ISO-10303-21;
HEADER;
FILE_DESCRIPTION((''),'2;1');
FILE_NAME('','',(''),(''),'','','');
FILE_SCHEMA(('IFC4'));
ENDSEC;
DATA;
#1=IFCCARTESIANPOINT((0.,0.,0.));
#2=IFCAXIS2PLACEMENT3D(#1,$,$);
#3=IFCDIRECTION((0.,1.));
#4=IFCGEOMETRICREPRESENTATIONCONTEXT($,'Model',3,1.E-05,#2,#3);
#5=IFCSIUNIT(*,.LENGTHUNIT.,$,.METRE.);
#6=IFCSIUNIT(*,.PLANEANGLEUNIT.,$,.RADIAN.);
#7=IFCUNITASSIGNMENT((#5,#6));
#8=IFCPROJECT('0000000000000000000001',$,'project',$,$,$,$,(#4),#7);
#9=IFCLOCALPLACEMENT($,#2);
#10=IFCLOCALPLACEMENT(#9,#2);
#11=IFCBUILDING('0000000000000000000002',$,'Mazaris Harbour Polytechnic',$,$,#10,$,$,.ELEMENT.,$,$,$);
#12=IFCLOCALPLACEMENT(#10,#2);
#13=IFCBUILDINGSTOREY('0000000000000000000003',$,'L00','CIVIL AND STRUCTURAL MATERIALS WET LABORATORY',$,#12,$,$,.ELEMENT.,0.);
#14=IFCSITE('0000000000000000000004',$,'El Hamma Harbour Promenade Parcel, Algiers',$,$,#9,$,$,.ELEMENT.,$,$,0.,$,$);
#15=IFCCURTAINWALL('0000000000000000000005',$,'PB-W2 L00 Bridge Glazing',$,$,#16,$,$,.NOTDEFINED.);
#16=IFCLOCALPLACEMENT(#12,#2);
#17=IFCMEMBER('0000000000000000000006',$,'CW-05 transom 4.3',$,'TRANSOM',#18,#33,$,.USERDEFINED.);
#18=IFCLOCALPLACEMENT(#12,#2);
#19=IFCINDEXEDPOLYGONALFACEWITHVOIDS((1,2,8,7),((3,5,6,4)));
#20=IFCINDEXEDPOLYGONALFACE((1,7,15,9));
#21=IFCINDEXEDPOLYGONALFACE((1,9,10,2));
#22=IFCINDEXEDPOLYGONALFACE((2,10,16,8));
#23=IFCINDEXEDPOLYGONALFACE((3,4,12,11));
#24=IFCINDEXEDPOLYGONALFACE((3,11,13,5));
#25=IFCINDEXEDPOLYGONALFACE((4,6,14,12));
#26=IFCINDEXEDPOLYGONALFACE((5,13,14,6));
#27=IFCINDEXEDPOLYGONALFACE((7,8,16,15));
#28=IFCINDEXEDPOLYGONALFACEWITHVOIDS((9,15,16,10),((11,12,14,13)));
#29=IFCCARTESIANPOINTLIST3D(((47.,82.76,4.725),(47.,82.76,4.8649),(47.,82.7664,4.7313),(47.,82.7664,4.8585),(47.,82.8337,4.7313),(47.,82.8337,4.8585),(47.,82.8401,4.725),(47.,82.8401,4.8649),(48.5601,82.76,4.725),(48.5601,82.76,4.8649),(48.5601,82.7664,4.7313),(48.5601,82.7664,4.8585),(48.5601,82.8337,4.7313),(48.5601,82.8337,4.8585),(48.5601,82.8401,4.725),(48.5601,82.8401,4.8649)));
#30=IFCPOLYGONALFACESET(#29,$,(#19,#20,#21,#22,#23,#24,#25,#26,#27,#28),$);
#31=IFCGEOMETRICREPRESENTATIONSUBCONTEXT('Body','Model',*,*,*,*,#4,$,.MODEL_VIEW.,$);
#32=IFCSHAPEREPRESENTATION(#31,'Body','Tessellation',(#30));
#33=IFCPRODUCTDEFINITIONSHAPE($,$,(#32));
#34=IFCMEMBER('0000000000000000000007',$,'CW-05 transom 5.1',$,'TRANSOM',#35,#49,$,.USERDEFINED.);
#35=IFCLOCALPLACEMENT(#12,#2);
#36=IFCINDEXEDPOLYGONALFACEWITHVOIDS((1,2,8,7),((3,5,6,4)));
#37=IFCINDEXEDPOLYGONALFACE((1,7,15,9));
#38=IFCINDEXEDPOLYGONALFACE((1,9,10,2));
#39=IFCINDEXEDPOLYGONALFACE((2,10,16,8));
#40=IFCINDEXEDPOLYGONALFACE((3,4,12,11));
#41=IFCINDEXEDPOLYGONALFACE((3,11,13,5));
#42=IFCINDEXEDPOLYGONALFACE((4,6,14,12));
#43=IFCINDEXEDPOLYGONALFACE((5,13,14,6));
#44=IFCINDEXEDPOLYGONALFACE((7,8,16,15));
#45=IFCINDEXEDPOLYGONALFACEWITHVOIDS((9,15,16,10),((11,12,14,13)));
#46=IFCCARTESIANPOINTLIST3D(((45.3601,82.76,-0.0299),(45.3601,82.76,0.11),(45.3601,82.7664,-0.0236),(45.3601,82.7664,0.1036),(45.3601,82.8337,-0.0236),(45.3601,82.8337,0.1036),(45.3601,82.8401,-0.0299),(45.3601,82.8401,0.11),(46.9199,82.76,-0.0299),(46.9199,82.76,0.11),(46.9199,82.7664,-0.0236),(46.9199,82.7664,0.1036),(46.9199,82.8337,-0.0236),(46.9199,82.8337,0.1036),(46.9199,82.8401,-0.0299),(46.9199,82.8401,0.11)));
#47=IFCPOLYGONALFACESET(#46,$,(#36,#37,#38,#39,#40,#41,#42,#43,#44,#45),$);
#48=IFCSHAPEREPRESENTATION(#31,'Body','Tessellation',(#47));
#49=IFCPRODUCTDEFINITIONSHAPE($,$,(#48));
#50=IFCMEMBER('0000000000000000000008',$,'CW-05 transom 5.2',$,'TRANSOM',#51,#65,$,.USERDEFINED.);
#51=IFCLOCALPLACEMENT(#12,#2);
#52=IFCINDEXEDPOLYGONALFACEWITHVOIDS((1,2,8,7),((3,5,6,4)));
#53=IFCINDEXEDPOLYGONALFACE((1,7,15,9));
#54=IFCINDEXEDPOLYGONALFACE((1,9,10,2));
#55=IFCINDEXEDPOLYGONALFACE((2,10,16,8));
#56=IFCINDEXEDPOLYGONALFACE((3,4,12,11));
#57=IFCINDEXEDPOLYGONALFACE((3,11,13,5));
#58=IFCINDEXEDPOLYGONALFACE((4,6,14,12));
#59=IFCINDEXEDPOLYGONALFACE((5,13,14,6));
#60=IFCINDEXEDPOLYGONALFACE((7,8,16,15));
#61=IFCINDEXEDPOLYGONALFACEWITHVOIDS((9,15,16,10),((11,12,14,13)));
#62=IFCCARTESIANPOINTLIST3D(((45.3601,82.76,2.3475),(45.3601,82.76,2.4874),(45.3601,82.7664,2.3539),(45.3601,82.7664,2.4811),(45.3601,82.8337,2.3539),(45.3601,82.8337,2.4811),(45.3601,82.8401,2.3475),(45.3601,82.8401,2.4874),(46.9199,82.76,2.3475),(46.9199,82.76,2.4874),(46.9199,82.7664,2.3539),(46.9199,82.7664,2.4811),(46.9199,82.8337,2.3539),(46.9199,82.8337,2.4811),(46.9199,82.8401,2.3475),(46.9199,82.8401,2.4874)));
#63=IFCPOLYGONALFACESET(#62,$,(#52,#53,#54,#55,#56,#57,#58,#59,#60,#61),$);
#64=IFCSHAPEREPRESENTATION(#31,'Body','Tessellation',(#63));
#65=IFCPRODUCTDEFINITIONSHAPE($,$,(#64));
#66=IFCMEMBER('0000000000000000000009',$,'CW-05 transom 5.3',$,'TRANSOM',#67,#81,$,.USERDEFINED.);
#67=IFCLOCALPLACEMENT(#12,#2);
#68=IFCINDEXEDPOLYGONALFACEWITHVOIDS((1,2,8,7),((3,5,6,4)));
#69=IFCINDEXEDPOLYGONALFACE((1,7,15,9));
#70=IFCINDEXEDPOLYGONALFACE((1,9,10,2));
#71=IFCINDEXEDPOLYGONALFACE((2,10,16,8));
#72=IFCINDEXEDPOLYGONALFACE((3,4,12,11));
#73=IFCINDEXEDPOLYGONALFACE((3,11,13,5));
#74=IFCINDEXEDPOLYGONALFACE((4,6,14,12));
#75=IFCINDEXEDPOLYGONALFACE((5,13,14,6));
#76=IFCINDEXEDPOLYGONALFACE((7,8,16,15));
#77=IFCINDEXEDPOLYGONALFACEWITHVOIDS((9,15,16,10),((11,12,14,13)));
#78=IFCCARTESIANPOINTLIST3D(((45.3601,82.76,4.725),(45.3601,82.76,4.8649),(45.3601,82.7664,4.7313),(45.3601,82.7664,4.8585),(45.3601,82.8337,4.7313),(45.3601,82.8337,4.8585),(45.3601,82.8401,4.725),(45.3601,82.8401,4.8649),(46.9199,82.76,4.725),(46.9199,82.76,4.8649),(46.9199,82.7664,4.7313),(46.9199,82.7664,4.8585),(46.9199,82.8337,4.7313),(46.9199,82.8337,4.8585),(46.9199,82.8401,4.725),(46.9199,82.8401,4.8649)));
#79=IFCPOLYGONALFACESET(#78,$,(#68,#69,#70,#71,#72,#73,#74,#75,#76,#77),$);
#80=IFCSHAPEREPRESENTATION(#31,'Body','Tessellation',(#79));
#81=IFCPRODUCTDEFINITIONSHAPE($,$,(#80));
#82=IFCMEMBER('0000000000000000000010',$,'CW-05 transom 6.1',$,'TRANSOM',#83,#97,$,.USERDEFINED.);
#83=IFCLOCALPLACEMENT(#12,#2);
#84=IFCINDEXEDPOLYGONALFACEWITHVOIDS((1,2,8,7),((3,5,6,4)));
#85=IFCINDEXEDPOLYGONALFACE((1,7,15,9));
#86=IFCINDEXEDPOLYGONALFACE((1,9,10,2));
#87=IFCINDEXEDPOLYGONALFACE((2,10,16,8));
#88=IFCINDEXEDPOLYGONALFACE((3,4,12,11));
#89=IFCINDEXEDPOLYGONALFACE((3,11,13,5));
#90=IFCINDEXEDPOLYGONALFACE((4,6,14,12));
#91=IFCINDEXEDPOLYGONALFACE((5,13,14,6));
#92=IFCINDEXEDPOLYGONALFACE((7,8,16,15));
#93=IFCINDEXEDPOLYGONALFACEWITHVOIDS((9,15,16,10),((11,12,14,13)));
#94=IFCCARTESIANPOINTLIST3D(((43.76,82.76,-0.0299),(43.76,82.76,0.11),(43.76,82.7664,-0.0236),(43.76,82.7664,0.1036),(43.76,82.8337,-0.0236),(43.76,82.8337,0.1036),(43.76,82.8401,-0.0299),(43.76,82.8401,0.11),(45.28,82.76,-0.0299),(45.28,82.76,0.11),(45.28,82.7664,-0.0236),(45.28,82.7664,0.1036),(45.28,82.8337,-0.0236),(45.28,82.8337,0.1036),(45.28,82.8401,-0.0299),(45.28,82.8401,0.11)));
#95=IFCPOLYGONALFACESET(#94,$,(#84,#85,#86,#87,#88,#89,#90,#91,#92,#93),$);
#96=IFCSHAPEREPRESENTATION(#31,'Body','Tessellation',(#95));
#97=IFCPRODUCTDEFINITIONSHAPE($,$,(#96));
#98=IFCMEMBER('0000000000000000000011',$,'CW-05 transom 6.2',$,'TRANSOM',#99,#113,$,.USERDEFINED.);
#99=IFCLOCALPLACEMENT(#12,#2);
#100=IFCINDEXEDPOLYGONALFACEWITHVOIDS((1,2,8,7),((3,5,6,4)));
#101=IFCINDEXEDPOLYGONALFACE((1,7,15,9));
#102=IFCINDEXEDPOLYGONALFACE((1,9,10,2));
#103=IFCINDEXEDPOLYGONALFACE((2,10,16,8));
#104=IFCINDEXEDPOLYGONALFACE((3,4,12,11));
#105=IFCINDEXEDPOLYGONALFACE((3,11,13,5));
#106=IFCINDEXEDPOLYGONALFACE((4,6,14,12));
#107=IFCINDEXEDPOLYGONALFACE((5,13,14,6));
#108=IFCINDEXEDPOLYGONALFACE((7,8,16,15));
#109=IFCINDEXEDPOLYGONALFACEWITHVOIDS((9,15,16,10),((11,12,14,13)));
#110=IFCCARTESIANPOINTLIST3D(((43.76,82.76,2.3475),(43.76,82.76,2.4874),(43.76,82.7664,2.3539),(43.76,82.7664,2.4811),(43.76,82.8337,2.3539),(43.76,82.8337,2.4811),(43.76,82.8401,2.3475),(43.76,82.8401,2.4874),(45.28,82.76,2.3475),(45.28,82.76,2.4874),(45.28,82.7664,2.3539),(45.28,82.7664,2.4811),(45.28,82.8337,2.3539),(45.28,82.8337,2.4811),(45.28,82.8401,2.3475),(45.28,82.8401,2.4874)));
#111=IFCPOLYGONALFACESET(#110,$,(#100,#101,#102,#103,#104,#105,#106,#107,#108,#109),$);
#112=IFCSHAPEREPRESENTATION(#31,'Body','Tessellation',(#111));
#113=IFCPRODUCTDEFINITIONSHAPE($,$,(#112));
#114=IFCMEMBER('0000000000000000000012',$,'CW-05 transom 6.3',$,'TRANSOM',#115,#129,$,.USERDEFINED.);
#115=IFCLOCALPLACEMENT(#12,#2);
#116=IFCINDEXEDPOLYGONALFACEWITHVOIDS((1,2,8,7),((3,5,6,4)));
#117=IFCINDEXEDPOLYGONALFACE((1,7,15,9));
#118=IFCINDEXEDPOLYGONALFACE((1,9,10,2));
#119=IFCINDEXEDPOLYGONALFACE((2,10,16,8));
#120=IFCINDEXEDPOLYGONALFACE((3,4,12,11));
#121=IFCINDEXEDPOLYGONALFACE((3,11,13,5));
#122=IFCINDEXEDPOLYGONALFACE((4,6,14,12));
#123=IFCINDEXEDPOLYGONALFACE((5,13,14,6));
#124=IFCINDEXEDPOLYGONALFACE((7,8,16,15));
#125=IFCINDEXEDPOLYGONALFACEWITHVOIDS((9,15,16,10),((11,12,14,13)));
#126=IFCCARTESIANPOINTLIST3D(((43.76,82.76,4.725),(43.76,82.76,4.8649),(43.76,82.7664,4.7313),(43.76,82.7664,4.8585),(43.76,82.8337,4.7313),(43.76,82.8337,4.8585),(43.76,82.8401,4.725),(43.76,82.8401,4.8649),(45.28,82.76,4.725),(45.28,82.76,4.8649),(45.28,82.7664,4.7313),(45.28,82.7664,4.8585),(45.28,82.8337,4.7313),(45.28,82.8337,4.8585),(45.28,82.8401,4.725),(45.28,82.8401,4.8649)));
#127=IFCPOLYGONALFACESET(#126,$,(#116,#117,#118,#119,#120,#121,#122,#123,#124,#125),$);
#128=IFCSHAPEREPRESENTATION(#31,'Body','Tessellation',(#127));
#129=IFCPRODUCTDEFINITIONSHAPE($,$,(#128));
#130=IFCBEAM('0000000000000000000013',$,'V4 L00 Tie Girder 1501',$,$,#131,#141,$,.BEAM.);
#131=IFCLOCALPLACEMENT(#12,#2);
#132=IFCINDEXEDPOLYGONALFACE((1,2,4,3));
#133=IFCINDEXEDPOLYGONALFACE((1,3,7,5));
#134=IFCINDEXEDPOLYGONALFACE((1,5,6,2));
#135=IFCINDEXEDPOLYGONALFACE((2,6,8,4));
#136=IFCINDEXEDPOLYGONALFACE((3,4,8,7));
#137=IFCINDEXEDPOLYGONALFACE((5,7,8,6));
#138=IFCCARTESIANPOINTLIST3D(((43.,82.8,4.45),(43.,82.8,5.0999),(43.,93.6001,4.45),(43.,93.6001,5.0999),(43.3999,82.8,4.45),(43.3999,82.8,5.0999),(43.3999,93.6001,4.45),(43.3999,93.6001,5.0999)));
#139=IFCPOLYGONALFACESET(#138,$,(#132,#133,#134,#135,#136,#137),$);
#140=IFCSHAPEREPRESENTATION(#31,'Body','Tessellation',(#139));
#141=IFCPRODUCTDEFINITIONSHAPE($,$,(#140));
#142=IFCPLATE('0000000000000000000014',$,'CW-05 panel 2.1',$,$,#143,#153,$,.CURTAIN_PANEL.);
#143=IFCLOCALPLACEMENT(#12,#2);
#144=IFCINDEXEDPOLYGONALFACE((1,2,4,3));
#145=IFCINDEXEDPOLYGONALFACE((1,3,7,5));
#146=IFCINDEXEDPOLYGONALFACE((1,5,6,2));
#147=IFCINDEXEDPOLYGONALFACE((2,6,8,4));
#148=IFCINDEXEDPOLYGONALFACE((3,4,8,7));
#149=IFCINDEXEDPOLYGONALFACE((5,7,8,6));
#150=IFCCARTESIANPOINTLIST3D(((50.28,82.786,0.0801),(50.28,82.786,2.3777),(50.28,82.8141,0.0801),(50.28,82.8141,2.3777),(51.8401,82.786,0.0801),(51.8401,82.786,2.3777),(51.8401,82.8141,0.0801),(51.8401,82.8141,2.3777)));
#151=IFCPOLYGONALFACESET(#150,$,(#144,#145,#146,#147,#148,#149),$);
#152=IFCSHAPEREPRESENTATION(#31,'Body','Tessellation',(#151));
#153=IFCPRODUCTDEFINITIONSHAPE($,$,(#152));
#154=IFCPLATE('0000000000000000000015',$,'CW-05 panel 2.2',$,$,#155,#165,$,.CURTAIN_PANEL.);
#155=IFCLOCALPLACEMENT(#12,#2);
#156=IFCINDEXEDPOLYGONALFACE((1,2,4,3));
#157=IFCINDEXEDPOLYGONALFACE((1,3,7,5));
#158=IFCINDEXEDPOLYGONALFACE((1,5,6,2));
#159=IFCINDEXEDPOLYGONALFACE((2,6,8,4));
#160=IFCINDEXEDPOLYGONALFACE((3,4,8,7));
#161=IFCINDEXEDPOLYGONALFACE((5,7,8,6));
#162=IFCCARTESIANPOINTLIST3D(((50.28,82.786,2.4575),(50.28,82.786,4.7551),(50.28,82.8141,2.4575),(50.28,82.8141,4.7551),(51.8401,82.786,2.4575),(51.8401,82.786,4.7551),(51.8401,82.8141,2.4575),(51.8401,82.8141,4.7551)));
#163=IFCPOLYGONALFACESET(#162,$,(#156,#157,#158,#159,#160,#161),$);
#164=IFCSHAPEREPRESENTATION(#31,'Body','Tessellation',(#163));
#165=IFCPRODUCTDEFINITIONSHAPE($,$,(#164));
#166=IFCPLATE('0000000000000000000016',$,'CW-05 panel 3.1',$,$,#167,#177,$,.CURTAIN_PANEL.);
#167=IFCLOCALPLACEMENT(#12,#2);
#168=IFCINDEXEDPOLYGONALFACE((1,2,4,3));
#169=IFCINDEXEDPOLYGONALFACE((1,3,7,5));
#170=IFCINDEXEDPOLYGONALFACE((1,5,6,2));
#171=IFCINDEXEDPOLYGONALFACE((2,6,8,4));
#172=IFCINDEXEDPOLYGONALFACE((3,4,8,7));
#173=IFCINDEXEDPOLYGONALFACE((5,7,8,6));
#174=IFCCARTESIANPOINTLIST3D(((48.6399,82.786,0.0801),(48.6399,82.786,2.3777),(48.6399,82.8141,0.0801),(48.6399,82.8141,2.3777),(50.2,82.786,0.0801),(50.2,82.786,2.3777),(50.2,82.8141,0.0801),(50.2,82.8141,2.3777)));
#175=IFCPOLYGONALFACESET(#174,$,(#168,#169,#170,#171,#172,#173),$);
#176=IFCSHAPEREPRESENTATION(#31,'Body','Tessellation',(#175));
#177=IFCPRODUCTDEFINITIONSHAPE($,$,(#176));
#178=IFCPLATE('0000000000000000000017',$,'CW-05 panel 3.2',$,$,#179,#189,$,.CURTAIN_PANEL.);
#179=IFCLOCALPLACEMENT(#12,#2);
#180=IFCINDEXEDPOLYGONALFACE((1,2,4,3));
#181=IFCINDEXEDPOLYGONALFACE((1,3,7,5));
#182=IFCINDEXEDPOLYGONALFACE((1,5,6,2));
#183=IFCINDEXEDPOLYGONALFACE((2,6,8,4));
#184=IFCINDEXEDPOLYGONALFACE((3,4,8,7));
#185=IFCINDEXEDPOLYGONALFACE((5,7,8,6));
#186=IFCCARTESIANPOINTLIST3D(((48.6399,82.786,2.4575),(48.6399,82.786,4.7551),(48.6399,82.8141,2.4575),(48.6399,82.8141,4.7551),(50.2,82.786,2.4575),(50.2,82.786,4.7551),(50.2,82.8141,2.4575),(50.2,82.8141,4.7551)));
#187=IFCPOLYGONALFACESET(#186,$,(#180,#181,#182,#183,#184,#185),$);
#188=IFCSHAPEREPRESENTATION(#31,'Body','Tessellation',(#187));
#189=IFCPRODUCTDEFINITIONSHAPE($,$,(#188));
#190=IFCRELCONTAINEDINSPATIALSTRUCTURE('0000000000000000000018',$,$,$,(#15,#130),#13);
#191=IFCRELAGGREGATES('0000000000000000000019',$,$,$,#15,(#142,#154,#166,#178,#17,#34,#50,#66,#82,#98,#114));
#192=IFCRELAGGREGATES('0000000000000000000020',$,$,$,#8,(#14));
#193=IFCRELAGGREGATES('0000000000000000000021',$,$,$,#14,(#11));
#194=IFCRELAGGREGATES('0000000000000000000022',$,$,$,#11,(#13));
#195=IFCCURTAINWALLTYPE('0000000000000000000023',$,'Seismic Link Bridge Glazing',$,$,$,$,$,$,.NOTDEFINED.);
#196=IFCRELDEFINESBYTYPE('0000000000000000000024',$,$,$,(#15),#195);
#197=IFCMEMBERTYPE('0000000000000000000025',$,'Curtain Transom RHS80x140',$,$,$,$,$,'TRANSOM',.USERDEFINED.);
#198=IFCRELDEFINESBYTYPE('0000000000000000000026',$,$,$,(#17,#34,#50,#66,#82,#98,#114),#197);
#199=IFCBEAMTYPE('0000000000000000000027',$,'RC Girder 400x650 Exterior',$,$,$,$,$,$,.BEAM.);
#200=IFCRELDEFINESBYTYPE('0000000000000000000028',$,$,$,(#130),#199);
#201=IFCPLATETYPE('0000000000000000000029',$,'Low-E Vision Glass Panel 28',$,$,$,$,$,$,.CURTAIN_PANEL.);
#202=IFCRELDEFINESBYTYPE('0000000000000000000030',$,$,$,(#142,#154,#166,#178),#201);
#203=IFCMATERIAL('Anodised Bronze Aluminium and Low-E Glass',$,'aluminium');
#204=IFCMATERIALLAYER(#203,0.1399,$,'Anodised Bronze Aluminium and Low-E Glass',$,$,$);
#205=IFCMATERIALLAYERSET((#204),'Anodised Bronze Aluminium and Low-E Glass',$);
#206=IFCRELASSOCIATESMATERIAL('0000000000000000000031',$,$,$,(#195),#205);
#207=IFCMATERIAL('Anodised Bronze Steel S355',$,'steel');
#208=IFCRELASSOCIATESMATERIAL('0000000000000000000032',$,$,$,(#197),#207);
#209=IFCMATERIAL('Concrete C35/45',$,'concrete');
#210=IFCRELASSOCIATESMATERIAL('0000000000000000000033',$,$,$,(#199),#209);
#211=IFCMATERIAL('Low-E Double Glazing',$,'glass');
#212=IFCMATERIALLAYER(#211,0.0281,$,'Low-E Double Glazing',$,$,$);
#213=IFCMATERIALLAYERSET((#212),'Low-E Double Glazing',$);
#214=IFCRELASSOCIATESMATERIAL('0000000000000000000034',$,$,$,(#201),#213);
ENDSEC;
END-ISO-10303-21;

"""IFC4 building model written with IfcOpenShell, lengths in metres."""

from ifc_helpers import new_model, si_unit, direction, frame, origin, origin_2d, place, context, subcontext, project, spatial, rectangle, hollow_rectangle, extrude, material, layer, layer_set, material_profile, profile_set, type_object, element, aggregate, save


model = new_model("IFC4")

# Units and contexts
model_context = context("Model", 3, precision=1e-05, world=origin(), true_north=direction((0.0, 1.0)))
body_context = subcontext(model_context, "Body", "Model", "MODEL_VIEW")
ifc_project = project(units=[si_unit("LENGTHUNIT", "METRE"), si_unit("PLANEANGLEUNIT", "RADIAN")], contexts=[model_context])

# Site, building, storey
site_placement = place(None, origin())
site = spatial("IfcSite", under=ifc_project, at=site_placement, Name="El Hamma Harbour Promenade Parcel, Algiers", CompositionType="ELEMENT", RefElevation=0.0)
building_placement = place(site_placement, origin())
building = spatial("IfcBuilding", under=site, at=building_placement, Name="Mazaris Harbour Polytechnic", CompositionType="ELEMENT")
storey_placement = place(building_placement, origin())
storey = spatial("IfcBuildingStorey", under=building, at=storey_placement, Name="L00", Description="CIVIL AND STRUCTURAL MATERIALS WET LABORATORY", CompositionType="ELEMENT", Elevation=0.0)

# Curtain wall, members
ifc_material_1 = material(Name="Anodised Bronze Aluminium and Low-E Glass", Category="aluminium")
ifc_layer_1 = layer(ifc_material_1, 0.1399, Name="Anodised Bronze Aluminium and Low-E Glass")
ifc_layer_set_1 = layer_set([ifc_layer_1], Name="Anodised Bronze Aluminium and Low-E Glass")
curtain_wall_type = type_object("IfcCurtainWallType", Name="Seismic Link Bridge Glazing", PredefinedType="NOTDEFINED", material=ifc_layer_set_1)
curtain_wall_placement = place(storey_placement, origin())
curtain_wall = element("IfcCurtainWall", 1, at=curtain_wall_placement, inside=storey, type_object=curtain_wall_type, Name="PB-W2 L00 Bridge Glazing", PredefinedType="NOTDEFINED")
ifc_material_2 = material(Name="Anodised Bronze Steel S355", Category="steel")
ifc_material_profile_1 = material_profile(ifc_material_2, hollow_rectangle(XDim=0.0801, YDim=0.1399, WallThickness=0.0063, at=origin_2d()), Name="RHS 80x140x6.3")
ifc_profile_set_1 = profile_set([ifc_material_profile_1], Name="Anodised Bronze Steel S355")
member_type_1 = type_object("IfcMemberType", Name="Curtain Transom RHS80x140", ElementType="TRANSOM", PredefinedType="USERDEFINED", material=ifc_profile_set_1)
member_1_placement = place(storey_placement, frame((48.5601, 82.8, 4.7949), z_axis=(-1.0, 0.0, 0.0), x_axis=(0.0, -1.0, 0.0)))
member_1 = element("IfcMember", 2, at=member_1_placement, type_object=member_type_1, Name="CW-05 transom 4.3", ObjectType="TRANSOM", PredefinedType="USERDEFINED", context=body_context, shape_type="SweptSolid", body=[
    extrude(hollow_rectangle(XDim=0.0801, YDim=0.1399, WallThickness=0.0063, at=origin_2d()), origin(), (0.0, 0.0, 1.0), 1.5601),
])
member_2_placement = place(storey_placement, frame((46.9199, 82.8, 0.04), z_axis=(-1.0, 0.0, 0.0), x_axis=(0.0, -1.0, 0.0)))
member_2 = element("IfcMember", 3, at=member_2_placement, type_object=member_type_1, Name="CW-05 transom 5.1", ObjectType="TRANSOM", PredefinedType="USERDEFINED", context=body_context, shape_type="SweptSolid", body=[
    extrude(hollow_rectangle(XDim=0.0801, YDim=0.1399, WallThickness=0.0063, at=origin_2d()), origin(), (0.0, 0.0, 1.0), 1.5598),
])
member_3_placement = place(storey_placement, frame((46.9199, 82.8, 2.4175), z_axis=(-1.0, 0.0, 0.0), x_axis=(0.0, -1.0, 0.0)))
member_3 = element("IfcMember", 4, at=member_3_placement, type_object=member_type_1, Name="CW-05 transom 5.2", ObjectType="TRANSOM", PredefinedType="USERDEFINED", context=body_context, shape_type="SweptSolid", body=[
    extrude(hollow_rectangle(XDim=0.0801, YDim=0.1399, WallThickness=0.0063, at=origin_2d()), origin(), (0.0, 0.0, 1.0), 1.5598),
])
member_4_placement = place(storey_placement, frame((46.9199, 82.8, 4.7949), z_axis=(-1.0, 0.0, 0.0), x_axis=(0.0, -1.0, 0.0)))
member_4 = element("IfcMember", 5, at=member_4_placement, type_object=member_type_1, Name="CW-05 transom 5.3", ObjectType="TRANSOM", PredefinedType="USERDEFINED", context=body_context, shape_type="SweptSolid", body=[
    extrude(hollow_rectangle(XDim=0.0801, YDim=0.1399, WallThickness=0.0063, at=origin_2d()), origin(), (0.0, 0.0, 1.0), 1.5598),
])
member_5_placement = place(storey_placement, frame((45.28, 82.8, 0.04), z_axis=(-1.0, 0.0, 0.0), x_axis=(0.0, -1.0, 0.0)))
member_5 = element("IfcMember", 6, at=member_5_placement, type_object=member_type_1, Name="CW-05 transom 6.1", ObjectType="TRANSOM", PredefinedType="USERDEFINED", context=body_context, shape_type="SweptSolid", body=[
    extrude(hollow_rectangle(XDim=0.0801, YDim=0.1399, WallThickness=0.0063, at=origin_2d()), origin(), (0.0, 0.0, 1.0), 1.52),
])
member_6_placement = place(storey_placement, frame((45.28, 82.8, 2.4175), z_axis=(-1.0, 0.0, 0.0), x_axis=(0.0, -1.0, 0.0)))
member_6 = element("IfcMember", 7, at=member_6_placement, type_object=member_type_1, Name="CW-05 transom 6.2", ObjectType="TRANSOM", PredefinedType="USERDEFINED", context=body_context, shape_type="SweptSolid", body=[
    extrude(hollow_rectangle(XDim=0.0801, YDim=0.1399, WallThickness=0.0063, at=origin_2d()), origin(), (0.0, 0.0, 1.0), 1.52),
])
member_7_placement = place(storey_placement, frame((45.28, 82.8, 4.7949), z_axis=(-1.0, 0.0, 0.0), x_axis=(0.0, -1.0, 0.0)))
member_7 = element("IfcMember", 8, at=member_7_placement, type_object=member_type_1, Name="CW-05 transom 6.3", ObjectType="TRANSOM", PredefinedType="USERDEFINED", context=body_context, shape_type="SweptSolid", body=[
    extrude(hollow_rectangle(XDim=0.0801, YDim=0.1399, WallThickness=0.0063, at=origin_2d()), origin(), (0.0, 0.0, 1.0), 1.52),
])

# Beam
ifc_material_3 = material(Name="Concrete C35/45", Category="concrete")
ifc_material_profile_2 = material_profile(ifc_material_3, rectangle(XDim=0.3999, YDim=0.6499, at=origin_2d()), Name="RECT400x650")
ifc_profile_set_2 = profile_set([ifc_material_profile_2], Name="Concrete C35/45")
beam_type = type_object("IfcBeamType", Name="RC Girder 400x650 Exterior", PredefinedType="BEAM", material=ifc_profile_set_2)
beam_placement = place(storey_placement, frame((43.2, 82.8, 4.7749), z_axis=(0.0, 1.0, 0.0), x_axis=(-1.0, 0.0, 0.0)))
element("IfcBeam", 9, at=beam_placement, inside=storey, type_object=beam_type, Name="V4 L00 Tie Girder 1501", PredefinedType="BEAM", context=body_context, shape_type="SweptSolid", body=[
    extrude(rectangle(XDim=0.3999, YDim=0.6499, at=origin_2d()), origin(), (0.0, 0.0, 1.0), 10.8),
])

# Plates
ifc_material_4 = material(Name="Low-E Double Glazing", Category="glass")
ifc_layer_2 = layer(ifc_material_4, 0.0281, Name="Low-E Double Glazing")
ifc_layer_set_2 = layer_set([ifc_layer_2], Name="Low-E Double Glazing")
plate_type = type_object("IfcPlateType", Name="Low-E Vision Glass Panel 28", PredefinedType="CURTAIN_PANEL", material=ifc_layer_set_2)
plate_1_placement = place(storey_placement, frame((51.0601, 82.8, 0.0801), z_axis=(0.0, 0.0, 1.0), x_axis=(-1.0, 0.0, 0.0)))
plate_1 = element("IfcPlate", 10, at=plate_1_placement, type_object=plate_type, Name="CW-05 panel 2.1", PredefinedType="CURTAIN_PANEL", context=body_context, shape_type="SweptSolid", body=[
    extrude(rectangle(XDim=1.5601, YDim=0.0281, at=origin_2d()), origin(), (0.0, 0.0, 1.0), 2.2976),
])
plate_2_placement = place(storey_placement, frame((51.0601, 82.8, 2.4575), z_axis=(0.0, 0.0, 1.0), x_axis=(-1.0, 0.0, 0.0)))
plate_2 = element("IfcPlate", 11, at=plate_2_placement, type_object=plate_type, Name="CW-05 panel 2.2", PredefinedType="CURTAIN_PANEL", context=body_context, shape_type="SweptSolid", body=[
    extrude(rectangle(XDim=1.5601, YDim=0.0281, at=origin_2d()), origin(), (0.0, 0.0, 1.0), 2.2976),
])
plate_3_placement = place(storey_placement, frame((49.4199, 82.8, 0.0801), z_axis=(0.0, 0.0, 1.0), x_axis=(-1.0, 0.0, 0.0)))
plate_3 = element("IfcPlate", 12, at=plate_3_placement, type_object=plate_type, Name="CW-05 panel 3.1", PredefinedType="CURTAIN_PANEL", context=body_context, shape_type="SweptSolid", body=[
    extrude(rectangle(XDim=1.5601, YDim=0.0281, at=origin_2d()), origin(), (0.0, 0.0, 1.0), 2.2976),
])
plate_4_placement = place(storey_placement, frame((49.4199, 82.8, 2.4575), z_axis=(0.0, 0.0, 1.0), x_axis=(-1.0, 0.0, 0.0)))
plate_4 = element("IfcPlate", 13, at=plate_4_placement, type_object=plate_type, Name="CW-05 panel 3.2", PredefinedType="CURTAIN_PANEL", context=body_context, shape_type="SweptSolid", body=[
    extrude(rectangle(XDim=1.5601, YDim=0.0281, at=origin_2d()), origin(), (0.0, 0.0, 1.0), 2.2976),
])
aggregate(curtain_wall, [plate_1, plate_2, plate_3, plate_4, member_1, member_2, member_3, member_4, member_5, member_6, member_7])

save(model, "model.ifc")
